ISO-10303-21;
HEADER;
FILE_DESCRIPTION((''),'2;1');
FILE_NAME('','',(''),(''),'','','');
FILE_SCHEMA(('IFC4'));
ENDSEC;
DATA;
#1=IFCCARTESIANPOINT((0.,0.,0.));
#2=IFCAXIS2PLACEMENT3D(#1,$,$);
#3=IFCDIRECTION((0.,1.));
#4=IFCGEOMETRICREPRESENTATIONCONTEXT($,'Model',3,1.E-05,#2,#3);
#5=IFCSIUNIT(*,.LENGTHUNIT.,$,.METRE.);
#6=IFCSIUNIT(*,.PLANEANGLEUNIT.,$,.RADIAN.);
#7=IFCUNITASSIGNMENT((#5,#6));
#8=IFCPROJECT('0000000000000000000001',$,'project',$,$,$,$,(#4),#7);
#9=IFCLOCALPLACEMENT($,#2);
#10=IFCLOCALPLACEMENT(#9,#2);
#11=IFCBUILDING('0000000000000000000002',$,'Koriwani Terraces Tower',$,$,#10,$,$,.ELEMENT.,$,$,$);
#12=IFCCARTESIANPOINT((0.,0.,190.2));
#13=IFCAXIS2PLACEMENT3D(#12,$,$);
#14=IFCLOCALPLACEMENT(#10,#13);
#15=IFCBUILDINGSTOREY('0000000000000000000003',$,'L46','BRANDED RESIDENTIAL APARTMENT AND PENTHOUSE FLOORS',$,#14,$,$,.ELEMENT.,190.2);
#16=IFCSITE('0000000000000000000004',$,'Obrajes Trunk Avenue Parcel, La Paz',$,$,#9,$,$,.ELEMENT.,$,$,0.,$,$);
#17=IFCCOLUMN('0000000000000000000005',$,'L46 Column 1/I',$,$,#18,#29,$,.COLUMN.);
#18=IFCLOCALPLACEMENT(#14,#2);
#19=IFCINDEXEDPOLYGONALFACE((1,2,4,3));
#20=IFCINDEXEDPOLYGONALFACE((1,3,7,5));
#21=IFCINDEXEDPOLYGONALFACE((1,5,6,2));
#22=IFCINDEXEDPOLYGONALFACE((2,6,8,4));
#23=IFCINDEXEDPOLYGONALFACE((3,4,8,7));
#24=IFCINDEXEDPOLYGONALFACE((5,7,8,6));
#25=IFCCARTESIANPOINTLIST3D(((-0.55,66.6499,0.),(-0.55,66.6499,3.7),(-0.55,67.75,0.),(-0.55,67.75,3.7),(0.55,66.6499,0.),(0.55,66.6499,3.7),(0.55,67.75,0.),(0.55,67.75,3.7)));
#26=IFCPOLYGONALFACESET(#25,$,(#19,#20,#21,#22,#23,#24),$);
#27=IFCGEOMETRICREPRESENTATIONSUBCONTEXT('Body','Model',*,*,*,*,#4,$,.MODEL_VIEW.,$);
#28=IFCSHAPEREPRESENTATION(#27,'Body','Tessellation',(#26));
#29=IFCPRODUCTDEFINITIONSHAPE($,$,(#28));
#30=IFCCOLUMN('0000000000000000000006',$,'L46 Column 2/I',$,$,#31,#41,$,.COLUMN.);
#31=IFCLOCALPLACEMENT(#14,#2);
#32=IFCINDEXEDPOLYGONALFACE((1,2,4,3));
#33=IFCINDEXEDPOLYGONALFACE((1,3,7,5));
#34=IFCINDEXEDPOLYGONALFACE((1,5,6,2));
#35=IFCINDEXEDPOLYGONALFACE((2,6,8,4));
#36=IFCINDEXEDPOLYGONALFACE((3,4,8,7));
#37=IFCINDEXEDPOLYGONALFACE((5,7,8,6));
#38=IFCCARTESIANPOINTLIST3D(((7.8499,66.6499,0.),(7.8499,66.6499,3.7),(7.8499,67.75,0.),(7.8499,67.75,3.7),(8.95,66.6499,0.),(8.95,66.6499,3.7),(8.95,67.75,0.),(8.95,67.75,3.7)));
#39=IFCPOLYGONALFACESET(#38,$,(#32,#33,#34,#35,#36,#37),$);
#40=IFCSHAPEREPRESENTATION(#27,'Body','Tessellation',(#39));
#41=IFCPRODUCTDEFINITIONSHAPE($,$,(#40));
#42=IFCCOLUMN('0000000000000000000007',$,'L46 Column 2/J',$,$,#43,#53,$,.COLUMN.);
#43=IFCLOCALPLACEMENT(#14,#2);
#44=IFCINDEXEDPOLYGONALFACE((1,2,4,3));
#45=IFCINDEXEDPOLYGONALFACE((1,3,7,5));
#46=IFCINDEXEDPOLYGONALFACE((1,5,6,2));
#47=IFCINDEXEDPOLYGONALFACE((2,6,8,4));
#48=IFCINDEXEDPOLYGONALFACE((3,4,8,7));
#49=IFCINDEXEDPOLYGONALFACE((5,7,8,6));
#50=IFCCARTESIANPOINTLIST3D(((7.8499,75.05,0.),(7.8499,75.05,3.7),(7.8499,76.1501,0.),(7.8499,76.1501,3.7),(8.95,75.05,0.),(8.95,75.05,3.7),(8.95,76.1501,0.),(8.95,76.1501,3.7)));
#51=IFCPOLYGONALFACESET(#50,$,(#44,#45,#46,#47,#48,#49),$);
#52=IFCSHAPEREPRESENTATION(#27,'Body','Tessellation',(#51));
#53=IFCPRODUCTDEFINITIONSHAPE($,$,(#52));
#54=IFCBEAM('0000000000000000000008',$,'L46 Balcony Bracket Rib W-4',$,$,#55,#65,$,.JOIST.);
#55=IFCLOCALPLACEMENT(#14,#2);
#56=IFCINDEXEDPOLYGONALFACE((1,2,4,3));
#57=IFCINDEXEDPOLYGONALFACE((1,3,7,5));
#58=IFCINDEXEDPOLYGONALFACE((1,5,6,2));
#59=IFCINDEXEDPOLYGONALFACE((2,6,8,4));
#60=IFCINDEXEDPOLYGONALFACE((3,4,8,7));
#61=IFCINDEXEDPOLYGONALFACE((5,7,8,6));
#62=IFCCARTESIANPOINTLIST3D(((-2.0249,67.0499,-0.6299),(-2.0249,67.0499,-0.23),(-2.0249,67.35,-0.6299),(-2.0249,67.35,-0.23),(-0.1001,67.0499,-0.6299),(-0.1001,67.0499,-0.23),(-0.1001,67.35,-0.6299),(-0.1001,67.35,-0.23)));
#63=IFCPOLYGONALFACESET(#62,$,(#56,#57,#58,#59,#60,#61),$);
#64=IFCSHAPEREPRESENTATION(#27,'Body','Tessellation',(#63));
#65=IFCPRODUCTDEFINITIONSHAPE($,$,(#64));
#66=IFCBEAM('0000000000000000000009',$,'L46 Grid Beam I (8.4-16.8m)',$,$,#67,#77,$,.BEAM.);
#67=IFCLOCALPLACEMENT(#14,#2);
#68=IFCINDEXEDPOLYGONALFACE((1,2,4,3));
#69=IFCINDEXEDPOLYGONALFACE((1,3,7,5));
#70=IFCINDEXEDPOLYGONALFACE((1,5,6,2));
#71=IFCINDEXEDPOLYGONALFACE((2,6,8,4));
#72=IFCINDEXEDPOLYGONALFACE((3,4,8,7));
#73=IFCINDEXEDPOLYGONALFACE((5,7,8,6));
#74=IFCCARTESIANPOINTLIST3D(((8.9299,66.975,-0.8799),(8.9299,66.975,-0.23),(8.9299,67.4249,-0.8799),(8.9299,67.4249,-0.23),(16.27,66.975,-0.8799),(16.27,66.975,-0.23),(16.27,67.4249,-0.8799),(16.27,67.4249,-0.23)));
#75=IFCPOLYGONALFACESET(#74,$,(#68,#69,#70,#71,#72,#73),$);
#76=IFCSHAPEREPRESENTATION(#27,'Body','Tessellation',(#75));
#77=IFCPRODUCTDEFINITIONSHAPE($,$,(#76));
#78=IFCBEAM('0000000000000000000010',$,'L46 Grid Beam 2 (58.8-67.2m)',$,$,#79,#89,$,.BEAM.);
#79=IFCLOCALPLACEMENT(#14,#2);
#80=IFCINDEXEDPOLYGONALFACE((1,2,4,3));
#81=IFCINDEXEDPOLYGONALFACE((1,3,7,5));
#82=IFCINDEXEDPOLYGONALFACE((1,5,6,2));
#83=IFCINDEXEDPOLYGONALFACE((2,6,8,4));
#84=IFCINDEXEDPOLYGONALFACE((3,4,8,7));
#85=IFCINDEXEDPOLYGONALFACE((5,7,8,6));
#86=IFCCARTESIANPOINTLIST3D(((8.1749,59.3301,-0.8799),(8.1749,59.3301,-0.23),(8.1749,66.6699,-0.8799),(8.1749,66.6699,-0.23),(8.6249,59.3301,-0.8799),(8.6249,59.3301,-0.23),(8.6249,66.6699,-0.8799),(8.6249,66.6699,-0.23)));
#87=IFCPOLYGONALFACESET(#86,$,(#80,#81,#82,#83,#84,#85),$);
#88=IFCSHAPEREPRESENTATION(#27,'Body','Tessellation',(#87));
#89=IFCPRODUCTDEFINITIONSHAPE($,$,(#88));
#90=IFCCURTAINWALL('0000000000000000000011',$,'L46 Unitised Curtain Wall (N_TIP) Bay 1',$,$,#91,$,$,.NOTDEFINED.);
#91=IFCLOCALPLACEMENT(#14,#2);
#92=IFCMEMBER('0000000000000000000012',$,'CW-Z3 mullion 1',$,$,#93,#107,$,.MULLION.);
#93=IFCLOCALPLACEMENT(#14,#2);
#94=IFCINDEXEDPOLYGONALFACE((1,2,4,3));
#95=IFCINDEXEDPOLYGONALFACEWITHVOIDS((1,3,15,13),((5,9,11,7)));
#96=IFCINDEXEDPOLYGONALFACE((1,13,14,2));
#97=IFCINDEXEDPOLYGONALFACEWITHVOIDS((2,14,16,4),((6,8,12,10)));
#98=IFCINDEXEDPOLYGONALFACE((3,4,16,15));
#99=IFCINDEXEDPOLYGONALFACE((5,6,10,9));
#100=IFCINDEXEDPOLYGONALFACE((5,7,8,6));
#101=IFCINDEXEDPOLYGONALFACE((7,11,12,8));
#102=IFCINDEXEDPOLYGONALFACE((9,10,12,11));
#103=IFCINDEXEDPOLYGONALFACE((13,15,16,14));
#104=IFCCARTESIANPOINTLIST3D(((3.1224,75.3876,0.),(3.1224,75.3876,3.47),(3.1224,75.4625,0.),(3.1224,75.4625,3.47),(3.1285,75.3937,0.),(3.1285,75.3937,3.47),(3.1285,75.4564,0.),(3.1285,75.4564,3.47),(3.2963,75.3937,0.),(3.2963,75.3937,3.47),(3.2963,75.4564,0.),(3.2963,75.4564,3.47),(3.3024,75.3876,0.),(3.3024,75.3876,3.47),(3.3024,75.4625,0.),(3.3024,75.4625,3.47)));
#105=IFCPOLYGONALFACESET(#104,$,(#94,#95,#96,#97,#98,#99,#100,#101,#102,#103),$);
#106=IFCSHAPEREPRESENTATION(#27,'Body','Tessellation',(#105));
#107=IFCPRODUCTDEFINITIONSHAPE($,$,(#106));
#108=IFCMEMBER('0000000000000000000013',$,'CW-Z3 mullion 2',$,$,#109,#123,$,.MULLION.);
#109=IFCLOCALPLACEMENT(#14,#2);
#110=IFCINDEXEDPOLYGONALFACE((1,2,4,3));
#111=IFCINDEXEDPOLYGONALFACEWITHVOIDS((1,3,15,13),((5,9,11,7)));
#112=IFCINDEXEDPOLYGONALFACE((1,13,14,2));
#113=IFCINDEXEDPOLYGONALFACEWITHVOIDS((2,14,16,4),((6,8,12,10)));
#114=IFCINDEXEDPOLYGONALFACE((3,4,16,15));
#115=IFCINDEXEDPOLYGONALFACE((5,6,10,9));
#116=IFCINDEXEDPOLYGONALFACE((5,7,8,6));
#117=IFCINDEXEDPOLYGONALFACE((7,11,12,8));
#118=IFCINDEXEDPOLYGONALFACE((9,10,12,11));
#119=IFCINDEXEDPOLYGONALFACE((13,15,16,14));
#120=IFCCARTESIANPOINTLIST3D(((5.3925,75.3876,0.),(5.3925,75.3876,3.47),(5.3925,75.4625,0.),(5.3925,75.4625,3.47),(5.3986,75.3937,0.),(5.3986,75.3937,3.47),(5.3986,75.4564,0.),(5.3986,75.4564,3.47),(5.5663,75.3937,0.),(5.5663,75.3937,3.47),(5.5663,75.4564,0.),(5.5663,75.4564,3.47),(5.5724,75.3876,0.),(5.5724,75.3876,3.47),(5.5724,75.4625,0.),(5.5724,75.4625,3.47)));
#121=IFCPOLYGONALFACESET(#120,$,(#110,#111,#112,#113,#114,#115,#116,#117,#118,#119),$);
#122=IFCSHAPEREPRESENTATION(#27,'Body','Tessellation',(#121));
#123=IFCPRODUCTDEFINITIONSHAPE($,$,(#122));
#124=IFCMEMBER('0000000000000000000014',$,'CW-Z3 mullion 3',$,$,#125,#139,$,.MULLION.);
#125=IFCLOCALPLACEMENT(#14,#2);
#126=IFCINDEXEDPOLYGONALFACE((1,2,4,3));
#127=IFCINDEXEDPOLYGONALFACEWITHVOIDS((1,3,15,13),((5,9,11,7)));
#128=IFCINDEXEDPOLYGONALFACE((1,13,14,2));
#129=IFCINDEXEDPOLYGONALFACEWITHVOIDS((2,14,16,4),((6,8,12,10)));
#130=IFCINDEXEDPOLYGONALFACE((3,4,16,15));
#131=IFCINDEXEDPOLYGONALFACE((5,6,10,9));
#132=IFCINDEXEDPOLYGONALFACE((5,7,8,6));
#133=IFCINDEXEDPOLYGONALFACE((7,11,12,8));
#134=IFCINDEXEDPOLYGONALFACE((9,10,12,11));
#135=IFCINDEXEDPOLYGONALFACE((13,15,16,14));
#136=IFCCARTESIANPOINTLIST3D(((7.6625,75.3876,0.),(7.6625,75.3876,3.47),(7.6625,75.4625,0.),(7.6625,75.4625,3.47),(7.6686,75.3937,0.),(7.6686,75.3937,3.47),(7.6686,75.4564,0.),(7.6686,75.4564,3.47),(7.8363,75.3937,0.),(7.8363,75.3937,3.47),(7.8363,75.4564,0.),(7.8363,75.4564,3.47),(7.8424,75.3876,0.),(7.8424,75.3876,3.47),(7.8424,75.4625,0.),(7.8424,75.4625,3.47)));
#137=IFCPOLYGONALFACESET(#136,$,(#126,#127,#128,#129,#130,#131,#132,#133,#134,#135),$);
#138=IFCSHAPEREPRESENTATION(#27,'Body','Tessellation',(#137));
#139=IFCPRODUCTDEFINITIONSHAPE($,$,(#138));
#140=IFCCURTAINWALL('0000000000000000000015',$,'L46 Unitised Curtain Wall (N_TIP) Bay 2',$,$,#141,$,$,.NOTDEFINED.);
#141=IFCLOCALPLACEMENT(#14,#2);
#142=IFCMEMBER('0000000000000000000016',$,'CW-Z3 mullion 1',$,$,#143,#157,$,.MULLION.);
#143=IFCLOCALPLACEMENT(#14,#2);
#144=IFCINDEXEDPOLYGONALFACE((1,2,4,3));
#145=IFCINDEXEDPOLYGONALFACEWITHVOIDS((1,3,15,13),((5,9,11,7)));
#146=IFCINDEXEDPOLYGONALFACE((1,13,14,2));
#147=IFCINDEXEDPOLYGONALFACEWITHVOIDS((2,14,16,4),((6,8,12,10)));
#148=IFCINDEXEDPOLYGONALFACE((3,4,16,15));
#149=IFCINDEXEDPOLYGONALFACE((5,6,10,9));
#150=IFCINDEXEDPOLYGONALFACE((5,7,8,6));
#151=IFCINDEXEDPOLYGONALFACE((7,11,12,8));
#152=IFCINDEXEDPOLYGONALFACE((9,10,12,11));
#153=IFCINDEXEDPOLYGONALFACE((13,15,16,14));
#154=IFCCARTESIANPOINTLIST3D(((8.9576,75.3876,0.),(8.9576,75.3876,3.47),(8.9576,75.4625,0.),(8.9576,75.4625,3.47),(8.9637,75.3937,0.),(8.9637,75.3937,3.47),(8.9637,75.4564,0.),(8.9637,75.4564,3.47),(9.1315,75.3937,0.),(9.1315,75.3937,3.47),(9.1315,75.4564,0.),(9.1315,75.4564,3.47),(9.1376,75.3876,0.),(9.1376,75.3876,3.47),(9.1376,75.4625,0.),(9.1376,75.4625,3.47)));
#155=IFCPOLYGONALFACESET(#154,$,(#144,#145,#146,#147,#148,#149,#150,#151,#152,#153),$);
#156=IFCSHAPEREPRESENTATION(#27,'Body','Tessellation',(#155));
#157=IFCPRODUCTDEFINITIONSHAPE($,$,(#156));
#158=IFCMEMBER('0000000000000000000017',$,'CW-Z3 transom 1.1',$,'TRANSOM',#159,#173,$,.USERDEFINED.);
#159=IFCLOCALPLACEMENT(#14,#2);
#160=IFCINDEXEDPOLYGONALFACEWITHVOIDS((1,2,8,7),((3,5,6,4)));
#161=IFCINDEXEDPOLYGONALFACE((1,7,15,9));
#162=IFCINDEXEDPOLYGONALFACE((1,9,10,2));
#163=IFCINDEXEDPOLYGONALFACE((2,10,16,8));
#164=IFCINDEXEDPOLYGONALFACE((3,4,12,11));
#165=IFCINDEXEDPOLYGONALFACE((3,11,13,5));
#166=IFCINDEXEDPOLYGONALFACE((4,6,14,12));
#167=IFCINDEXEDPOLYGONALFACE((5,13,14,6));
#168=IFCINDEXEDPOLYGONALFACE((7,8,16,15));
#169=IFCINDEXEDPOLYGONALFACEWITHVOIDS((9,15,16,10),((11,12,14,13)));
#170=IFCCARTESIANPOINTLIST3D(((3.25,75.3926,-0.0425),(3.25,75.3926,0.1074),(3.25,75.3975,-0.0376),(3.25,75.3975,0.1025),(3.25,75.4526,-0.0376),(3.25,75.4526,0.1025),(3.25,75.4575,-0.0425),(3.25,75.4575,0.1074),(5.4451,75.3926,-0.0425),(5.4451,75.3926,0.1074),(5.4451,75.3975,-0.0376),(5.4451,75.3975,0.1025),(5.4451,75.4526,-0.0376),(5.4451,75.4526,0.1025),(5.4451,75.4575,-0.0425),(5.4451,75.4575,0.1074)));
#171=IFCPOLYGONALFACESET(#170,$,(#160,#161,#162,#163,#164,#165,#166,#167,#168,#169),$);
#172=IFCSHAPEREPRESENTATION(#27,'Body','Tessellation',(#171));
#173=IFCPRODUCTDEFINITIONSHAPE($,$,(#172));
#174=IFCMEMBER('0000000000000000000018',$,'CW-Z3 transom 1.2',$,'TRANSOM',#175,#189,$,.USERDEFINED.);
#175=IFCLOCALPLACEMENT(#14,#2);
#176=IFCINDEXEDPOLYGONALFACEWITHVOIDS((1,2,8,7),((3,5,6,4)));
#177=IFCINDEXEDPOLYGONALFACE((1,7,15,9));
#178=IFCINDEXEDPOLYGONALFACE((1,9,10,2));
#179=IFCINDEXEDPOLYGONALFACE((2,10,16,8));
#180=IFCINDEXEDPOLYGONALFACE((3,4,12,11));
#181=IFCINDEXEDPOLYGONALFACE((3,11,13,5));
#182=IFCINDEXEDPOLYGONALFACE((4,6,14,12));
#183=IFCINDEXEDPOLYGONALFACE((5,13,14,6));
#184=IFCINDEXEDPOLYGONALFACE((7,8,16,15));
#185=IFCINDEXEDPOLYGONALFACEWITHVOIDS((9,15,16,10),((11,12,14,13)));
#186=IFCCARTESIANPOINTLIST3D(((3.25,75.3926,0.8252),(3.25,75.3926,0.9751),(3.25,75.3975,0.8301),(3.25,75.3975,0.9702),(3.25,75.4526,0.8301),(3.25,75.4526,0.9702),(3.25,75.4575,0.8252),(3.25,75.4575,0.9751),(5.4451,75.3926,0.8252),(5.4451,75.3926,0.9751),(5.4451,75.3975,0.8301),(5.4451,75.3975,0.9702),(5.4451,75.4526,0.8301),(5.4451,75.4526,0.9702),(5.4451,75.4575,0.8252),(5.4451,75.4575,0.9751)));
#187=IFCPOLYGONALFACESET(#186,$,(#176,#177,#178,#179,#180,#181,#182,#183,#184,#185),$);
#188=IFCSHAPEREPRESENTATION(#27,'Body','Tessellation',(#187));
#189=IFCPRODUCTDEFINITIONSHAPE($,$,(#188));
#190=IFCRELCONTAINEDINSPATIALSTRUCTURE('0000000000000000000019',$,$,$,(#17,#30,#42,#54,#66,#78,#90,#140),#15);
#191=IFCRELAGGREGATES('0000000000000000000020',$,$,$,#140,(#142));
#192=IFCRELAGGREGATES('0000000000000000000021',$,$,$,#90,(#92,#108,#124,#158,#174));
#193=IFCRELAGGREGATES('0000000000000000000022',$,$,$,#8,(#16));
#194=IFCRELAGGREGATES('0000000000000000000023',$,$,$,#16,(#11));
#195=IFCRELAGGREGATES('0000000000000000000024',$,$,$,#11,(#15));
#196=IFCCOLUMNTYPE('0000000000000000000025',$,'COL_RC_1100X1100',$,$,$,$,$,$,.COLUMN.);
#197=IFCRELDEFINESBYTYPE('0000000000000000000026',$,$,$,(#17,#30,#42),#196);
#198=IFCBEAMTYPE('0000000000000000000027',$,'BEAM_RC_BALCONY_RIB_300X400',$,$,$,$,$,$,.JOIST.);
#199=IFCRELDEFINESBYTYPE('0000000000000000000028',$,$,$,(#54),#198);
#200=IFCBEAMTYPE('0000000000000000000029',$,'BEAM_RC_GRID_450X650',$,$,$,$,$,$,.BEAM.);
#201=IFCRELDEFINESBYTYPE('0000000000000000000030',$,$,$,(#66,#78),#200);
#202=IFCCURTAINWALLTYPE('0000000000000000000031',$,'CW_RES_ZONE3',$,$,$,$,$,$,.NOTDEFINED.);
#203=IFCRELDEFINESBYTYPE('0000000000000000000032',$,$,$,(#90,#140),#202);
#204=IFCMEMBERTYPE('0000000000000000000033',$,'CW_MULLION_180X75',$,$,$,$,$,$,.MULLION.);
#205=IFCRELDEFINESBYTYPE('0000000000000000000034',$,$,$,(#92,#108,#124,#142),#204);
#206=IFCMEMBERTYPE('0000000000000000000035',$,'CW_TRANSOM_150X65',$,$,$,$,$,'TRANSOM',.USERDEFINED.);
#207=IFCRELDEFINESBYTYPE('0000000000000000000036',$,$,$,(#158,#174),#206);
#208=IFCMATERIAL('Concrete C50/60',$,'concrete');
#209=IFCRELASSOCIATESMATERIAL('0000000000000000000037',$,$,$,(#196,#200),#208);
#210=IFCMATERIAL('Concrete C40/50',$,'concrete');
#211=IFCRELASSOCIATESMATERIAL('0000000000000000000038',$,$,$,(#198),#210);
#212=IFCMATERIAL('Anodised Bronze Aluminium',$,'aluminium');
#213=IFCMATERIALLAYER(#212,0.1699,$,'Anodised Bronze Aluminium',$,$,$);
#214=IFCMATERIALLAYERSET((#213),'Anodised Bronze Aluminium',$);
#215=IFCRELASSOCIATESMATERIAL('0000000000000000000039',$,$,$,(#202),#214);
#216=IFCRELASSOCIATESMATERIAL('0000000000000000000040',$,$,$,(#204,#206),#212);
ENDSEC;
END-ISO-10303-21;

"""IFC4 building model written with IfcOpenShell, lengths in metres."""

from ifc_helpers import new_model, si_unit, direction, frame, origin, origin_2d, place, context, subcontext, project, spatial, rectangle, hollow_rectangle, extrude, material, layer, layer_set, material_profile, profile_set, type_object, element, aggregate, save


model = new_model("IFC4")

# Units and contexts
model_context = context("Model", 3, precision=1e-05, world=origin(), true_north=direction((0.0, 1.0)))
body_context = subcontext(model_context, "Body", "Model", "MODEL_VIEW")
ifc_project = project(units=[si_unit("LENGTHUNIT", "METRE"), si_unit("PLANEANGLEUNIT", "RADIAN")], contexts=[model_context])

# Site, building, storey
site_placement = place(None, origin())
site = spatial("IfcSite", under=ifc_project, at=site_placement, Name="Obrajes Trunk Avenue Parcel, La Paz", CompositionType="ELEMENT", RefElevation=0.0)
building_placement = place(site_placement, origin())
building = spatial("IfcBuilding", under=site, at=building_placement, Name="Koriwani Terraces Tower", CompositionType="ELEMENT")
storey_placement = place(building_placement, frame((0.0, 0.0, 190.2)))
storey = spatial("IfcBuildingStorey", under=building, at=storey_placement, Name="L46", Description="BRANDED RESIDENTIAL APARTMENT AND PENTHOUSE FLOORS", CompositionType="ELEMENT", Elevation=190.2)

# Columns
ifc_material_1 = material(Name="Concrete C50/60", Category="concrete")
ifc_material_profile_1 = material_profile(ifc_material_1, rectangle(XDim=1.1001, YDim=1.1001, at=origin_2d()), Name="Concrete C50/60", Category="LoadBearing")
ifc_profile_set_1 = profile_set([ifc_material_profile_1], Name="Concrete C50/60")
column_type = type_object("IfcColumnType", Name="COL_RC_1100X1100", PredefinedType="COLUMN", material=ifc_profile_set_1)
for number, where, z_axis, x_axis, name in (
    (1, (0.0, 67.2, 0.0), (0.0, 0.0, 1.0), (1.0, 0.0, 0.0), "L46 Column 1/I"),
    (2, (8.3999, 67.2, 0.0), (0.0, 0.0, 1.0), (1.0, 0.0, 0.0), "L46 Column 2/I"),
    (3, (8.3999, 75.6001, 0.0), (0.0, 0.0, 1.0), (1.0, 0.0, 0.0), "L46 Column 2/J"),
):
    element("IfcColumn", number, at=place(storey_placement, frame(where, z_axis=z_axis, x_axis=x_axis)), inside=storey, type_object=column_type, Name=name, PredefinedType="COLUMN", context=body_context, shape_type="SweptSolid", body=[
        extrude(rectangle(XDim=1.1001, YDim=1.1001, at=origin_2d()), origin(), (0.0, 0.0, 1.0), 3.7),
    ])

# Beams
ifc_material_2 = material(Name="Concrete C40/50", Category="concrete")
ifc_material_profile_2 = material_profile(ifc_material_2, rectangle(XDim=0.3, YDim=0.3999, at=origin_2d()), Name="Concrete C40/50", Category="LoadBearing")
ifc_profile_set_2 = profile_set([ifc_material_profile_2], Name="Concrete C40/50")
beam_type_1 = type_object("IfcBeamType", Name="BEAM_RC_BALCONY_RIB_300X400", PredefinedType="JOIST", material=ifc_profile_set_2)
beam_1_placement = place(storey_placement, frame((-2.0249, 67.2, -0.4299), z_axis=(1.0, 0.0, 0.0), x_axis=(0.0, 1.0, 0.0)))
element("IfcBeam", 4, at=beam_1_placement, inside=storey, type_object=beam_type_1, Name="L46 Balcony Bracket Rib W-4", PredefinedType="JOIST", context=body_context, shape_type="SweptSolid", body=[
    extrude(rectangle(XDim=0.3, YDim=0.3999, at=origin_2d()), origin(), (0.0, 0.0, 1.0), 1.9248),
])
ifc_material_profile_3 = material_profile(ifc_material_1, rectangle(XDim=0.45, YDim=0.6499, at=origin_2d()), Name="Concrete C50/60", Category="LoadBearing")
ifc_profile_set_3 = profile_set([ifc_material_profile_3], Name="Concrete C50/60")
beam_type_2 = type_object("IfcBeamType", Name="BEAM_RC_GRID_450X650", PredefinedType="BEAM", material=ifc_profile_set_3)
beam_2_placement = place(storey_placement, frame((8.9299, 67.2, -0.5549), z_axis=(1.0, 0.0, 0.0), x_axis=(0.0, 1.0, 0.0)))
element("IfcBeam", 5, at=beam_2_placement, inside=storey, type_object=beam_type_2, Name="L46 Grid Beam I (8.4-16.8m)", PredefinedType="BEAM", context=body_context, shape_type="SweptSolid", body=[
    extrude(rectangle(XDim=0.45, YDim=0.6499, at=origin_2d()), origin(), (0.0, 0.0, 1.0), 7.3401),
])
beam_3_placement = place(storey_placement, frame((8.3999, 59.3301, -0.5549), z_axis=(0.0, 1.0, 0.0), x_axis=(-1.0, 0.0, 0.0)))
element("IfcBeam", 6, at=beam_3_placement, inside=storey, type_object=beam_type_2, Name="L46 Grid Beam 2 (58.8-67.2m)", PredefinedType="BEAM", context=body_context, shape_type="SweptSolid", body=[
    extrude(rectangle(XDim=0.45, YDim=0.6499, at=origin_2d()), origin(), (0.0, 0.0, 1.0), 7.3398),
])

# Curtain wall, members
ifc_material_3 = material(Name="Anodised Bronze Aluminium", Category="aluminium")
ifc_layer_1 = layer(ifc_material_3, 0.1699, Name="Anodised Bronze Aluminium")
ifc_layer_set_1 = layer_set([ifc_layer_1], Name="Anodised Bronze Aluminium")
curtain_wall_type = type_object("IfcCurtainWallType", Name="CW_RES_ZONE3", PredefinedType="NOTDEFINED", material=ifc_layer_set_1)
curtain_wall_1_placement = place(storey_placement, origin())
curtain_wall_1 = element("IfcCurtainWall", 7, at=curtain_wall_1_placement, inside=storey, type_object=curtain_wall_type, Name="L46 Unitised Curtain Wall (N_TIP) Bay 1", PredefinedType="NOTDEFINED")
ifc_material_profile_4 = material_profile(ifc_material_3, hollow_rectangle(XDim=0.075, YDim=0.1799, WallThickness=0.0061, at=origin_2d()), Name="Anodised Bronze Aluminium", Category="LoadBearing")
ifc_profile_set_4 = profile_set([ifc_material_profile_4], Name="Anodised Bronze Aluminium")
member_type_1 = type_object("IfcMemberType", Name="CW_MULLION_180X75", PredefinedType="MULLION", material=ifc_profile_set_4)
member_1_placement = place(storey_placement, frame((3.2124, 75.425, 0.0), z_axis=(0.0, 0.0, 1.0), x_axis=(0.0, 1.0, 0.0)))
member_1 = element("IfcMember", 8, at=member_1_placement, type_object=member_type_1, Name="CW-Z3 mullion 1", PredefinedType="MULLION", context=body_context, shape_type="SweptSolid", body=[
    extrude(hollow_rectangle(XDim=0.075, YDim=0.1799, WallThickness=0.0061, at=origin_2d()), origin(), (0.0, 0.0, 1.0), 3.47),
])
member_2_placement = place(storey_placement, frame((5.4824, 75.425, 0.0), z_axis=(0.0, 0.0, 1.0), x_axis=(0.0, 1.0, 0.0)))
member_2 = element("IfcMember", 9, at=member_2_placement, type_object=member_type_1, Name="CW-Z3 mullion 2", PredefinedType="MULLION", context=body_context, shape_type="SweptSolid", body=[
    extrude(hollow_rectangle(XDim=0.075, YDim=0.1799, WallThickness=0.0061, at=origin_2d()), origin(), (0.0, 0.0, 1.0), 3.47),
])
member_3_placement = place(storey_placement, frame((7.7524, 75.425, 0.0), z_axis=(0.0, 0.0, 1.0), x_axis=(0.0, 1.0, 0.0)))
member_3 = element("IfcMember", 10, at=member_3_placement, type_object=member_type_1, Name="CW-Z3 mullion 3", PredefinedType="MULLION", context=body_context, shape_type="SweptSolid", body=[
    extrude(hollow_rectangle(XDim=0.075, YDim=0.1799, WallThickness=0.0061, at=origin_2d()), origin(), (0.0, 0.0, 1.0), 3.47),
])

# Curtain wall, member
curtain_wall_2_placement = place(storey_placement, origin())
curtain_wall_2 = element("IfcCurtainWall", 11, at=curtain_wall_2_placement, inside=storey, type_object=curtain_wall_type, Name="L46 Unitised Curtain Wall (N_TIP) Bay 2", PredefinedType="NOTDEFINED")
member_4_placement = place(storey_placement, frame((9.0476, 75.425, 0.0), z_axis=(0.0, 0.0, 1.0), x_axis=(0.0, 1.0, 0.0)))
member_4 = element("IfcMember", 12, at=member_4_placement, type_object=member_type_1, Name="CW-Z3 mullion 1", PredefinedType="MULLION", context=body_context, shape_type="SweptSolid", body=[
    extrude(hollow_rectangle(XDim=0.075, YDim=0.1799, WallThickness=0.0061, at=origin_2d()), origin(), (0.0, 0.0, 1.0), 3.47),
])
aggregate(curtain_wall_2, [member_4])

# Members
ifc_material_profile_5 = material_profile(ifc_material_3, hollow_rectangle(XDim=0.0649, YDim=0.1499, WallThickness=0.0049, at=origin_2d()), Name="Anodised Bronze Aluminium", Category="LoadBearing")
ifc_profile_set_5 = profile_set([ifc_material_profile_5], Name="Anodised Bronze Aluminium")
member_type_2 = type_object("IfcMemberType", Name="CW_TRANSOM_150X65", ElementType="TRANSOM", PredefinedType="USERDEFINED", material=ifc_profile_set_5)
member_5_placement = place(storey_placement, frame((3.25, 75.425, 0.0325), z_axis=(1.0, 0.0, 0.0), x_axis=(0.0, 1.0, 0.0)))
member_5 = element("IfcMember", 13, at=member_5_placement, type_object=member_type_2, Name="CW-Z3 transom 1.1", ObjectType="TRANSOM", PredefinedType="USERDEFINED", context=body_context, shape_type="SweptSolid", body=[
    extrude(hollow_rectangle(XDim=0.0649, YDim=0.1499, WallThickness=0.0049, at=origin_2d()), origin(), (0.0, 0.0, 1.0), 2.1951),
])
member_6_placement = place(storey_placement, frame((3.25, 75.425, 0.9001), z_axis=(1.0, 0.0, 0.0), x_axis=(0.0, 1.0, 0.0)))
member_6 = element("IfcMember", 14, at=member_6_placement, type_object=member_type_2, Name="CW-Z3 transom 1.2", ObjectType="TRANSOM", PredefinedType="USERDEFINED", context=body_context, shape_type="SweptSolid", body=[
    extrude(hollow_rectangle(XDim=0.0649, YDim=0.1499, WallThickness=0.0049, at=origin_2d()), origin(), (0.0, 0.0, 1.0), 2.1951),
])

aggregate(curtain_wall_1, [member_1, member_2, member_3, member_5, member_6])

save(model, "model.ifc")
